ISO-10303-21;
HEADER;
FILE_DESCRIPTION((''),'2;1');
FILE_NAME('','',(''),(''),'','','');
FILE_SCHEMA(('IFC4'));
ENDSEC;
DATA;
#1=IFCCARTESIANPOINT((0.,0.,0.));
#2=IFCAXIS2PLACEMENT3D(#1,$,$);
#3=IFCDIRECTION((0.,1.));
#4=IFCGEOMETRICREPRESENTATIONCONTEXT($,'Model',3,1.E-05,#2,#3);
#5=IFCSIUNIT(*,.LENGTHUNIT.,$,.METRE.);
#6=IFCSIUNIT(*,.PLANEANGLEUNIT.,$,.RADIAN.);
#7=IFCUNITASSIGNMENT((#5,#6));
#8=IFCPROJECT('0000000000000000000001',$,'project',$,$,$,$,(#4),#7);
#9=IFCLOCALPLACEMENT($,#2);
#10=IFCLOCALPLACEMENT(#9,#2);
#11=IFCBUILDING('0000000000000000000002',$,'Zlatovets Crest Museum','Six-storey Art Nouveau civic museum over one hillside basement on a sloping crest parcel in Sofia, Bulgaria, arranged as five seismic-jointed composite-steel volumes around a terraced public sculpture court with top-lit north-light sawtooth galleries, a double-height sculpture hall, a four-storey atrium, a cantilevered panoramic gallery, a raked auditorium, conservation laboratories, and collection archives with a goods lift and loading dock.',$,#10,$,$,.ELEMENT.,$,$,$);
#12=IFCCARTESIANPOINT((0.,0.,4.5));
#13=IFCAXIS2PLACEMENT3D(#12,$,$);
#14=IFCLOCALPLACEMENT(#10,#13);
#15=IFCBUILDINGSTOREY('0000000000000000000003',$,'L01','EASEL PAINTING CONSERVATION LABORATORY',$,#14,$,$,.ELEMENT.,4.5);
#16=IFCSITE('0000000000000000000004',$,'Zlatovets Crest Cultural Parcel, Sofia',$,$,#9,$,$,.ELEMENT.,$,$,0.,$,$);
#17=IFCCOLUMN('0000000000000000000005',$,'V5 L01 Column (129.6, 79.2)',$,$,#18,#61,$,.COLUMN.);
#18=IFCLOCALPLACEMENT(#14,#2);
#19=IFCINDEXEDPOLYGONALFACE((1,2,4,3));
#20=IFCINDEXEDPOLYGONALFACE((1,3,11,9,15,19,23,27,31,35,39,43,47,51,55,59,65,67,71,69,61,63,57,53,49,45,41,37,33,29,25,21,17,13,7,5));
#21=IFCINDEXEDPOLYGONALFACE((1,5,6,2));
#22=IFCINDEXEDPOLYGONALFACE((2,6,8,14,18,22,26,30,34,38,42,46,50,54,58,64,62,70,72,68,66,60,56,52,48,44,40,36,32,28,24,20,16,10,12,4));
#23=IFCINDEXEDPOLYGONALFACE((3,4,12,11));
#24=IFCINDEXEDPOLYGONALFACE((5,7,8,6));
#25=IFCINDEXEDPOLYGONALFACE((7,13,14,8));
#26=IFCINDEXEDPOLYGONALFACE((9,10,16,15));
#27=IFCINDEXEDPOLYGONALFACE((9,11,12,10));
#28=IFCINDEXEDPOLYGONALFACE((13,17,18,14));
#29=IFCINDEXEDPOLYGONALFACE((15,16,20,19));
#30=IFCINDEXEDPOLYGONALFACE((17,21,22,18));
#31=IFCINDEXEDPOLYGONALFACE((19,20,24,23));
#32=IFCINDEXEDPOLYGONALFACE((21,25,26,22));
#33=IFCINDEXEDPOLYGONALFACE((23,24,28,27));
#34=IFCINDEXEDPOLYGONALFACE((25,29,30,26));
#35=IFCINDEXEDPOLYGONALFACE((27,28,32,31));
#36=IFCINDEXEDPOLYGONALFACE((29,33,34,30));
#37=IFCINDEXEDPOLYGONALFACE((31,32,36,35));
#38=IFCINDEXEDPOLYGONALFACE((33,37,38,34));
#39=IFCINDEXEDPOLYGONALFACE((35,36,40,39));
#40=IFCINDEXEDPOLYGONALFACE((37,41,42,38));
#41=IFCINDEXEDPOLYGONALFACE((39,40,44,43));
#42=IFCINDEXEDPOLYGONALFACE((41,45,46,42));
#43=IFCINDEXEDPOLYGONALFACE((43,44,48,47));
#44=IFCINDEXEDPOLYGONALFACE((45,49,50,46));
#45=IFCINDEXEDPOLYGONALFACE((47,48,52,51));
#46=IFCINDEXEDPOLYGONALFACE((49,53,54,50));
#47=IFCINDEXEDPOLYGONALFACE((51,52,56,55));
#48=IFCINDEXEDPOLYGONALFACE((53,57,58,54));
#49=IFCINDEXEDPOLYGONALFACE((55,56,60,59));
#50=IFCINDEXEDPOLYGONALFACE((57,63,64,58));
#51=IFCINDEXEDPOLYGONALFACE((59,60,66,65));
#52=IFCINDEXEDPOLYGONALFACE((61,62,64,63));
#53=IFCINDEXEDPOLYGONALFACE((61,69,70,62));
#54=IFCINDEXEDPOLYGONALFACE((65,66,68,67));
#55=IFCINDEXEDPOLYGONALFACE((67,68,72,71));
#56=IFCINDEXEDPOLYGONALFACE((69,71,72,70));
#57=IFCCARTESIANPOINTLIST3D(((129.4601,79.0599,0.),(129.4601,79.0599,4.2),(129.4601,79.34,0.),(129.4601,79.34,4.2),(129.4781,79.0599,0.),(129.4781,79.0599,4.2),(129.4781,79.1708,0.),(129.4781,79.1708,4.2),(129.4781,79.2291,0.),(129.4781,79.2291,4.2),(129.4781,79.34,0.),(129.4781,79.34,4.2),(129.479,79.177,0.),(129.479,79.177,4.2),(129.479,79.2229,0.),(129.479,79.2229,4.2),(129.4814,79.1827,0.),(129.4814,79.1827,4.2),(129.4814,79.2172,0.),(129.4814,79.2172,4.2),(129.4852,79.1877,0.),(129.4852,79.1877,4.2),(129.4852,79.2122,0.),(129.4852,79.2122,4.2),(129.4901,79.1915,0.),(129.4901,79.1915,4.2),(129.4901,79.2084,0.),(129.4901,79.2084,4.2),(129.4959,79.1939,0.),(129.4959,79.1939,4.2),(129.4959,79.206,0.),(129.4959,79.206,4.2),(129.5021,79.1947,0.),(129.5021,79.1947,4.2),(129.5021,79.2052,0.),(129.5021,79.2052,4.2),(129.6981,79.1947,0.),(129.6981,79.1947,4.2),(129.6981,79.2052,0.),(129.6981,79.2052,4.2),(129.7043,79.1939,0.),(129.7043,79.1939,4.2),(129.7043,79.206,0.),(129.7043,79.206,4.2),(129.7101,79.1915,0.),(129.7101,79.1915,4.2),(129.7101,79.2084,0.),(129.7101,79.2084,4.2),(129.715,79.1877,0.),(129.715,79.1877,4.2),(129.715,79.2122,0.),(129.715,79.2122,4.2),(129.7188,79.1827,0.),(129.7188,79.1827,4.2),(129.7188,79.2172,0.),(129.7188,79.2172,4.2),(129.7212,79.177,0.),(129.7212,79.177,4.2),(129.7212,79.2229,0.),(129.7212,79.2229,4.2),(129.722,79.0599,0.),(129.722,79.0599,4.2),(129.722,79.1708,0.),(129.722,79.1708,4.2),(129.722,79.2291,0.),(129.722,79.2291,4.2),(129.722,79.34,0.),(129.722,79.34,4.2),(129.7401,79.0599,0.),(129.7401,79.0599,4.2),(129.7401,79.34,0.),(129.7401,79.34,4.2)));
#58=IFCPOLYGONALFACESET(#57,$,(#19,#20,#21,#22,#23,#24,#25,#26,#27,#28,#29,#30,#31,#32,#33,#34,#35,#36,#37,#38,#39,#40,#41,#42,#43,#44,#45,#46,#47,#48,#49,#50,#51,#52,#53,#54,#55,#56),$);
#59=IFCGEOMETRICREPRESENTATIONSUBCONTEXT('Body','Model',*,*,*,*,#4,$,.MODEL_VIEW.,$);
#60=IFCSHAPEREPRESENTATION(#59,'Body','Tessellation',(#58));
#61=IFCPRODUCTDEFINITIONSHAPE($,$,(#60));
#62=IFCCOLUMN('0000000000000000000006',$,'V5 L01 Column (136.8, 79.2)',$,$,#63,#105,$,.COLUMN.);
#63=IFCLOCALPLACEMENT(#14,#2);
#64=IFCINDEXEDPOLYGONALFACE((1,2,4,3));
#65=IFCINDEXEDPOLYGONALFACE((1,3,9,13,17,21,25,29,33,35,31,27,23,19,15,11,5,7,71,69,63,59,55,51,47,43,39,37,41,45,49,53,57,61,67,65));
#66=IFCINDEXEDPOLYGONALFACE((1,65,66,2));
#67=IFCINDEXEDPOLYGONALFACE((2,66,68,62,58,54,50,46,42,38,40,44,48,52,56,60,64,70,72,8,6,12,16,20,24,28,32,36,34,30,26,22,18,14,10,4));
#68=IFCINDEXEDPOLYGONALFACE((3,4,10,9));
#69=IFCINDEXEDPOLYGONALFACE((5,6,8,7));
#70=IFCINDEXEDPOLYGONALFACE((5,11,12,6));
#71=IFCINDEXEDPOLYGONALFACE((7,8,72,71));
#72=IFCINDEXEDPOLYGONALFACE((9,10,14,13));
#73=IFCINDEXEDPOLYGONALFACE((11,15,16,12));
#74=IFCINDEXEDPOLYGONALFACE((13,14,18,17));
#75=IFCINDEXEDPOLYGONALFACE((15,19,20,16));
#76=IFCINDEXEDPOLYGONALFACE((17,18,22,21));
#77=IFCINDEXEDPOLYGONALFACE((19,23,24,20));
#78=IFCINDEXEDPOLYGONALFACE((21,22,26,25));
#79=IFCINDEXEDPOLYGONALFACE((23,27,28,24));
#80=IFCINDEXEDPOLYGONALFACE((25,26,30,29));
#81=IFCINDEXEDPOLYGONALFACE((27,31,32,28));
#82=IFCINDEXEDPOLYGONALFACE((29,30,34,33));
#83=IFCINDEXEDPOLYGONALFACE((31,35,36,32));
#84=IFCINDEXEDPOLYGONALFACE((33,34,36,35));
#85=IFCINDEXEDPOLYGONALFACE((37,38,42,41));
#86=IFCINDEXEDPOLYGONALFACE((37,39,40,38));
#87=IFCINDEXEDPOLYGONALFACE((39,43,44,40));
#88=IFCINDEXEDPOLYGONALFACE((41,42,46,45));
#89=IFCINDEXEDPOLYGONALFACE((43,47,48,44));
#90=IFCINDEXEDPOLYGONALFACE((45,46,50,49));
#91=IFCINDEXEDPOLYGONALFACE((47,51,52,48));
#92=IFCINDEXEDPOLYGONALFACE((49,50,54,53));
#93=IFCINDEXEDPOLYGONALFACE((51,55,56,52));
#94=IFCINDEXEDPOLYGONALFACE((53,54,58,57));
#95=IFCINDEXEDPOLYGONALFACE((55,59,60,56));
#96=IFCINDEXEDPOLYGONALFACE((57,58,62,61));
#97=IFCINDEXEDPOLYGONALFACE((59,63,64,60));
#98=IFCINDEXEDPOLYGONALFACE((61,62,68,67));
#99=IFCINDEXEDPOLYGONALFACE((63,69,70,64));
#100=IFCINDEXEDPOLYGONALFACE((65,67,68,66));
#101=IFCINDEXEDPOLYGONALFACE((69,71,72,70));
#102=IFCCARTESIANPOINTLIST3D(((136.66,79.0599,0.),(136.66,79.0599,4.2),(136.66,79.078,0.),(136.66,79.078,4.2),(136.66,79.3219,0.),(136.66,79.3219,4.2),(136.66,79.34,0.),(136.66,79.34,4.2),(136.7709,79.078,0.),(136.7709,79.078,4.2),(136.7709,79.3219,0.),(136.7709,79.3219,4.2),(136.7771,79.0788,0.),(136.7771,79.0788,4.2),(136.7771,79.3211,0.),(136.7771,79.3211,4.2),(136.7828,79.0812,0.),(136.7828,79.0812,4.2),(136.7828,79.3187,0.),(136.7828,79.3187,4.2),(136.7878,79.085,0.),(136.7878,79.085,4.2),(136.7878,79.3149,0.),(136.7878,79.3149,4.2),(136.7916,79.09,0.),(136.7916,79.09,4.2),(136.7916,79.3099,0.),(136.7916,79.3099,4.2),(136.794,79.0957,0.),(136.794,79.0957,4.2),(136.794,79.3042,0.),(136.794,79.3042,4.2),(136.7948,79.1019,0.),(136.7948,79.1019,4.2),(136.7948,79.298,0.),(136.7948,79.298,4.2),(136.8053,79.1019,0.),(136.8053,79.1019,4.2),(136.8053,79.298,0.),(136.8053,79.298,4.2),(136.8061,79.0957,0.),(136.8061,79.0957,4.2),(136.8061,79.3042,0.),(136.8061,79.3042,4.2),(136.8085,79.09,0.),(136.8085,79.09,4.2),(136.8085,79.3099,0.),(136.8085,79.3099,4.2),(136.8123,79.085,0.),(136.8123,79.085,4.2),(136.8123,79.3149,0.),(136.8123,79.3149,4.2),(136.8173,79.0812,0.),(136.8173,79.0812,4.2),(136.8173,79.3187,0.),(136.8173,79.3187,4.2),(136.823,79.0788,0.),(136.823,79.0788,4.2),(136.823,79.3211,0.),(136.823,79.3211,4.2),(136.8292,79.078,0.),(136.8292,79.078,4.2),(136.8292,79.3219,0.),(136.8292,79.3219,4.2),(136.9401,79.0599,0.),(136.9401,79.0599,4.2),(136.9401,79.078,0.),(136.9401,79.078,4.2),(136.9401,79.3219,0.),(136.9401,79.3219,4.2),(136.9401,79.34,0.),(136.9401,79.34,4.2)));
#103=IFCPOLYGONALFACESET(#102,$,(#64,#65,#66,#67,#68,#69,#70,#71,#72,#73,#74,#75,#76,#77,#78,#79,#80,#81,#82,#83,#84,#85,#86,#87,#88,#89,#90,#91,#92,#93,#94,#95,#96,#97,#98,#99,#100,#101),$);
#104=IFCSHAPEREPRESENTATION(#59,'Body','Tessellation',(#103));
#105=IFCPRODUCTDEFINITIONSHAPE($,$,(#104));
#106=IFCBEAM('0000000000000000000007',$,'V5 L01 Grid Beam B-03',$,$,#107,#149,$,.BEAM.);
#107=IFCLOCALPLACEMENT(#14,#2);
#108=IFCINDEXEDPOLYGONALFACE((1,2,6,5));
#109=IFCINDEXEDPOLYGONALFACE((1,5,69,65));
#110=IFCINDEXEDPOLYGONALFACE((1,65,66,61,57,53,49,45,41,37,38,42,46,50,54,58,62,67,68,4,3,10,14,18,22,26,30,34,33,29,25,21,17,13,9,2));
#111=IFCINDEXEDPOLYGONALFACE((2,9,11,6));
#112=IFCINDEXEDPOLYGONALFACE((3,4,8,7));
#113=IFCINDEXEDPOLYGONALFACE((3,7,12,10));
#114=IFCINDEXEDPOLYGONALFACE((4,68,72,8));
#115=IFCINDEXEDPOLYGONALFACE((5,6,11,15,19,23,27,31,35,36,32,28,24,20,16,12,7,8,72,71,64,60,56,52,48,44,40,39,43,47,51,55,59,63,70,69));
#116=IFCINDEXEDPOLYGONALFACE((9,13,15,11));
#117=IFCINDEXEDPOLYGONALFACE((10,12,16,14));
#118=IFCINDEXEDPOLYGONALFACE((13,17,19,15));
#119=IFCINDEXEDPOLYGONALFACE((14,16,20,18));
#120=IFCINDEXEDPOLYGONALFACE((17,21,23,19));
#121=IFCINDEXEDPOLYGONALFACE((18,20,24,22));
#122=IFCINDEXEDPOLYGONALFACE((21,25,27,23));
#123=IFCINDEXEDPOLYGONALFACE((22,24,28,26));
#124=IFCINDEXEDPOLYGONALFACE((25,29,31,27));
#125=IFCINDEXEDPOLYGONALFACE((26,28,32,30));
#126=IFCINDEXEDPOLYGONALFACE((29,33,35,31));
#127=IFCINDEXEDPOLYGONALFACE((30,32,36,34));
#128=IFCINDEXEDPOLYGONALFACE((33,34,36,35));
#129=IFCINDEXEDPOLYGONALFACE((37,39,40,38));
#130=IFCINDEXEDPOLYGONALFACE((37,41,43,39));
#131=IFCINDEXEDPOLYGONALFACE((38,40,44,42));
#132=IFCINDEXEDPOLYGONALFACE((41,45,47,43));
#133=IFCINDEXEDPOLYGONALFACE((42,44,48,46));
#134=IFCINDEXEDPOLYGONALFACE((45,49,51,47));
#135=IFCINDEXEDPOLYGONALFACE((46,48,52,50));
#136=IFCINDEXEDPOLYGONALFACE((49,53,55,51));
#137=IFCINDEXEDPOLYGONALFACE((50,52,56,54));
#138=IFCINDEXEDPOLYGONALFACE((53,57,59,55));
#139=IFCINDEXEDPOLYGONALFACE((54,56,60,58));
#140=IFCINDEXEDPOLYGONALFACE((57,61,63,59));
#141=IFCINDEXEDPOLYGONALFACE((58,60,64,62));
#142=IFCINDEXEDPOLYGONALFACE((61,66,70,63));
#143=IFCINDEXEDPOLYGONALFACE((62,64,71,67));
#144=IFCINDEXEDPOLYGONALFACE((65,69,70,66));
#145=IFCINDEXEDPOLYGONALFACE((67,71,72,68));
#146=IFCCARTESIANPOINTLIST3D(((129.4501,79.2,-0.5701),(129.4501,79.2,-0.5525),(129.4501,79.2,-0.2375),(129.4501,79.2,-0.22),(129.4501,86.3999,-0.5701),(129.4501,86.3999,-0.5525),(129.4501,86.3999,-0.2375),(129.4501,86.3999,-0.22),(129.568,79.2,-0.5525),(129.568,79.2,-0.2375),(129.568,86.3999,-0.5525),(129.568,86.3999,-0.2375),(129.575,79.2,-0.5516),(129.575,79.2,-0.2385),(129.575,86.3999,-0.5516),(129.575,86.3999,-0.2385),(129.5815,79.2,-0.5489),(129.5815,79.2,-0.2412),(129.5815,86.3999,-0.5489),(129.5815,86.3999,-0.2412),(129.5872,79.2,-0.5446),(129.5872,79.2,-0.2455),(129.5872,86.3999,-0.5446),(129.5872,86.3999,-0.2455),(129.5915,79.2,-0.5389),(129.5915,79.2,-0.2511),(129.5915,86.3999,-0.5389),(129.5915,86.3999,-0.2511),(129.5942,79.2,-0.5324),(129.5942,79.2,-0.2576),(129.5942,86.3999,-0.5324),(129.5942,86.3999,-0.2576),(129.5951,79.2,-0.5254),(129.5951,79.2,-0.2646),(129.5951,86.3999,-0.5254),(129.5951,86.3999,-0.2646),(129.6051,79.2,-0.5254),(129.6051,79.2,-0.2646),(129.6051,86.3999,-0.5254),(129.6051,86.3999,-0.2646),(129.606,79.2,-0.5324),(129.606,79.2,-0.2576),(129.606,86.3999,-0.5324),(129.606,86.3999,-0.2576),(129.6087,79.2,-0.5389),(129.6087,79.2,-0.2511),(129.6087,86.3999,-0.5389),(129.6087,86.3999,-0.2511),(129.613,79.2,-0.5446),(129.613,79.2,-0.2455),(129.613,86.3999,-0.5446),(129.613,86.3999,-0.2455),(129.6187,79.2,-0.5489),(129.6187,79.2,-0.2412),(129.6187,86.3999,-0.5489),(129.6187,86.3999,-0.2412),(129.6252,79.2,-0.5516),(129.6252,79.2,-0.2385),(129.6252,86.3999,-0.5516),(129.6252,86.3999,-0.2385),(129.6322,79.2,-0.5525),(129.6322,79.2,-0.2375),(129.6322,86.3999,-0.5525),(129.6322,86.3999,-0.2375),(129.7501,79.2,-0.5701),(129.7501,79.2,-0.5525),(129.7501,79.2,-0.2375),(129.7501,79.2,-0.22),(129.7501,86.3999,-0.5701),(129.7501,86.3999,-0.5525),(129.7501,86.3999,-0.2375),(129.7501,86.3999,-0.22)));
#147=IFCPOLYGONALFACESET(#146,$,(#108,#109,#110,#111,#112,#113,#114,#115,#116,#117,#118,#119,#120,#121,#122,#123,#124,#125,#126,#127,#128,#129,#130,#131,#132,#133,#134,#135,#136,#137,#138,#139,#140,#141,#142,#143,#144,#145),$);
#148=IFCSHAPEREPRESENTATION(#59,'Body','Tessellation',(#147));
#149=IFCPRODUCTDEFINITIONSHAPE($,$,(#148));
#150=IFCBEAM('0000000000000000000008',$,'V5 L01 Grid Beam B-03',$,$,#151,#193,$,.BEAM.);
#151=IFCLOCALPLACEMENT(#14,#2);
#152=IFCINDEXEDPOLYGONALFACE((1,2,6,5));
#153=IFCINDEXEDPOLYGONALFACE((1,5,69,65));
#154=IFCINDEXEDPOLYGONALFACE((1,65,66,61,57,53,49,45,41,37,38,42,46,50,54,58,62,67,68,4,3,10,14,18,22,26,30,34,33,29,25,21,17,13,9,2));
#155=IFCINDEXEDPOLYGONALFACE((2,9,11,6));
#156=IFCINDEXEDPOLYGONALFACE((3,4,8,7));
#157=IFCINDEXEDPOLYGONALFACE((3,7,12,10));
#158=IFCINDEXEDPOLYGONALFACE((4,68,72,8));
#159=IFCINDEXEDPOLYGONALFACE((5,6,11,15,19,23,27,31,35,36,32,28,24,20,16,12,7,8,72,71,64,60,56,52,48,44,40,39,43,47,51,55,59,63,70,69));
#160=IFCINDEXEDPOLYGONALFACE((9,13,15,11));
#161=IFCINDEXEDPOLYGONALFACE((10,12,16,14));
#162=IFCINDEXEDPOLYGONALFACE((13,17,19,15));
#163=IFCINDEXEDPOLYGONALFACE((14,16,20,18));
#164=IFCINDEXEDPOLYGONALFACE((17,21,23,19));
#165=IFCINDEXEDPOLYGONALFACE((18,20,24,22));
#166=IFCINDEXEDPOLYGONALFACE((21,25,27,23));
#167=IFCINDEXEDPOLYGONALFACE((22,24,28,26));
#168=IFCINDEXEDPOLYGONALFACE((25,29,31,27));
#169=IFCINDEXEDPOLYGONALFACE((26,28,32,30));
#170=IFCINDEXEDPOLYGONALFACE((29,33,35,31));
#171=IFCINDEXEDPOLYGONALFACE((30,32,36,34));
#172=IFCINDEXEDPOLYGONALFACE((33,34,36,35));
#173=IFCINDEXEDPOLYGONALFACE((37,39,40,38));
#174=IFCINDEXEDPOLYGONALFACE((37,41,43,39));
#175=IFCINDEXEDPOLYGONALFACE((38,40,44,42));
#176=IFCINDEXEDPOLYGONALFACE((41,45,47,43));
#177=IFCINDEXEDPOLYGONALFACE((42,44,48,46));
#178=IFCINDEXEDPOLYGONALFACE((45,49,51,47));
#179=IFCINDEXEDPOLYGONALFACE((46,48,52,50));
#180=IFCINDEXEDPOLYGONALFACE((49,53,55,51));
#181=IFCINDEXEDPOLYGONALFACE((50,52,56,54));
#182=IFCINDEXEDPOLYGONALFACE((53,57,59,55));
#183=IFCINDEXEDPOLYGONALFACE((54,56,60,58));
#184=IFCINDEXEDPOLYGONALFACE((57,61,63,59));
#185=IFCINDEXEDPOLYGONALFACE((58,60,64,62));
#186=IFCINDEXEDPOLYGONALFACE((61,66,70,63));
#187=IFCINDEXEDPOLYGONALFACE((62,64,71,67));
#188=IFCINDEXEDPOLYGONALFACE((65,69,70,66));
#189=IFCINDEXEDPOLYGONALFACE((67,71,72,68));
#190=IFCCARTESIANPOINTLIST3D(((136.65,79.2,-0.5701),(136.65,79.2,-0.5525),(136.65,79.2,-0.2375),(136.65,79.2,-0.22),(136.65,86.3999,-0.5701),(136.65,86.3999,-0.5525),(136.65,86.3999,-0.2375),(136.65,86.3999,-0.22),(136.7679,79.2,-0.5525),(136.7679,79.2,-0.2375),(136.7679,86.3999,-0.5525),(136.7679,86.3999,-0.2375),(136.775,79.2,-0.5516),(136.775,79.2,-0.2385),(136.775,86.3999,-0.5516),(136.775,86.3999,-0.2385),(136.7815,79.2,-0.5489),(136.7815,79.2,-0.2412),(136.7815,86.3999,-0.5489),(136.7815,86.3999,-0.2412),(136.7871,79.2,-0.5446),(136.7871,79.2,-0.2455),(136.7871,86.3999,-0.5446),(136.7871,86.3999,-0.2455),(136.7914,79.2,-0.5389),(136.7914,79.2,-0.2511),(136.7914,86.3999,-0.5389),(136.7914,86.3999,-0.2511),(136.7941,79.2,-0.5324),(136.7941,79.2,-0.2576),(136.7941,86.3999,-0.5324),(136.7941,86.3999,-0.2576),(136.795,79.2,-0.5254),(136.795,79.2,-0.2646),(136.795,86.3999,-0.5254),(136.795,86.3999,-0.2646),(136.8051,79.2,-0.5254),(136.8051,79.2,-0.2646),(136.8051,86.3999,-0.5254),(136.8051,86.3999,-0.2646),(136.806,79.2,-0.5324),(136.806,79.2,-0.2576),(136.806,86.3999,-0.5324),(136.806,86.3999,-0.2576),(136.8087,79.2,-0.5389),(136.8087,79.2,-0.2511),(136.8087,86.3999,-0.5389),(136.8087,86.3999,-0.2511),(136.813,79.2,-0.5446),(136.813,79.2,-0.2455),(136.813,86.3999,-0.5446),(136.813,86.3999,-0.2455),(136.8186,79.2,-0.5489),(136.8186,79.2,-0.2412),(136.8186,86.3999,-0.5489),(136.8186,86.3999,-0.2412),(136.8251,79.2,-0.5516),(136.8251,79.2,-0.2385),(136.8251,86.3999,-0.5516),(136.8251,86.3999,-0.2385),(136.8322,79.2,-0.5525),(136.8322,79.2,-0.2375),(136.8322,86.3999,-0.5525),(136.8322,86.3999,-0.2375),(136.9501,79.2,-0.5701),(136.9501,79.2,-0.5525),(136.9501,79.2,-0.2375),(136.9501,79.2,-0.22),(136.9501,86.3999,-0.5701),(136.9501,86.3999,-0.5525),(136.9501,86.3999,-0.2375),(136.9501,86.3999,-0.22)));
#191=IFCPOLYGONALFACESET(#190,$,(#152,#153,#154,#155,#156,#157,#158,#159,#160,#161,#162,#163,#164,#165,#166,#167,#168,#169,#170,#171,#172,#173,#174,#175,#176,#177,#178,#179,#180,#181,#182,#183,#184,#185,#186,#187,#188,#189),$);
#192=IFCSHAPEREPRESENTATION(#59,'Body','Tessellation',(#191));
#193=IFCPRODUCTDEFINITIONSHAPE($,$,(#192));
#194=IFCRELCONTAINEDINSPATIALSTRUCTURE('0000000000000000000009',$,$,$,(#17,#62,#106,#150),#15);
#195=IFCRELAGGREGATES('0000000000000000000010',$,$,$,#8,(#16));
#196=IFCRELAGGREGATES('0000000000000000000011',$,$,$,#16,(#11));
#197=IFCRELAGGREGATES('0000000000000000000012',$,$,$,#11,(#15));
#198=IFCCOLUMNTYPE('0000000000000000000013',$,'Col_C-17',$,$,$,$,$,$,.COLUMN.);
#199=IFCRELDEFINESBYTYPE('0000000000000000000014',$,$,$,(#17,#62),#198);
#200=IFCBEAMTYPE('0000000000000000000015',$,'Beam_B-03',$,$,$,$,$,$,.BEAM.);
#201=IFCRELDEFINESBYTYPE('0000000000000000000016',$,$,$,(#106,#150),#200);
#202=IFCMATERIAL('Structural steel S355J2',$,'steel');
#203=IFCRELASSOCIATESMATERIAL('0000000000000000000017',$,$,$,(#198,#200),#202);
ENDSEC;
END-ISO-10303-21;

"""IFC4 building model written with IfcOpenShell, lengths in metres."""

from ifc_helpers import new_model, si_unit, direction, frame, origin, origin_2d, place, context, subcontext, project, spatial, i_section, extrude, material, material_profile, profile_set, type_object, element, save


model = new_model("IFC4")

# Units and contexts
model_context = context("Model", 3, precision=1e-05, world=origin(), true_north=direction((0.0, 1.0)))
body_context = subcontext(model_context, "Body", "Model", "MODEL_VIEW")
ifc_project = project(units=[si_unit("LENGTHUNIT", "METRE"), si_unit("PLANEANGLEUNIT", "RADIAN")], contexts=[model_context])

# Site, building, storey
site_placement = place(None, origin())
site = spatial("IfcSite", under=ifc_project, at=site_placement, Name="Zlatovets Crest Cultural Parcel, Sofia", CompositionType="ELEMENT", RefElevation=0.0)
building_placement = place(site_placement, origin())
building = spatial("IfcBuilding", under=site, at=building_placement, Name="Zlatovets Crest Museum", Description="Six-storey Art Nouveau civic museum over one hillside basement on a sloping crest parcel in Sofia, Bulgaria, arranged as five seismic-jointed composite-steel volumes around a terraced public sculpture court with top-lit north-light sawtooth galleries, a double-height sculpture hall, a four-storey atrium, a cantilevered panoramic gallery, a raked auditorium, conservation laboratories, and collection archives with a goods lift and loading dock.", CompositionType="ELEMENT")
storey_placement = place(building_placement, frame((0.0, 0.0, 4.5)))
storey = spatial("IfcBuildingStorey", under=building, at=storey_placement, Name="L01", Description="EASEL PAINTING CONSERVATION LABORATORY", CompositionType="ELEMENT", Elevation=4.5)

# Columns
ifc_material_1 = material(Name="Structural steel S355J2", Category="steel")
ifc_material_profile_1 = material_profile(ifc_material_1, i_section(OverallWidth=0.28, OverallDepth=0.28, WebThickness=0.0105, FlangeThickness=0.0181, FilletRadius=0.0239, at=origin_2d()), Name="HEB 280")
ifc_profile_set_1 = profile_set([ifc_material_profile_1], Name="Structural steel S355J2")
column_type = type_object("IfcColumnType", Name="Col_C-17", PredefinedType="COLUMN", material=ifc_profile_set_1)
for number, where, z_axis, x_axis, name in (
    (1, (129.6001, 79.2, 0.0), (0.0, 0.0, 1.0), (0.0, 1.0, 0.0), "V5 L01 Column (129.6, 79.2)"),
    (2, (136.8, 79.2, 0.0), (0.0, 0.0, 1.0), (1.0, 0.0, 0.0), "V5 L01 Column (136.8, 79.2)"),
):
    element("IfcColumn", number, at=place(storey_placement, frame(where, z_axis=z_axis, x_axis=x_axis)), inside=storey, type_object=column_type, Name=name, PredefinedType="COLUMN", context=body_context, shape_type="SweptSolid", body=[
        extrude(i_section(OverallWidth=0.28, OverallDepth=0.28, WebThickness=0.0105, FlangeThickness=0.0181, FilletRadius=0.0239, at=origin_2d()), origin(), (0.0, 0.0, 1.0), 4.2),
    ])

# Beams
ifc_material_profile_2 = material_profile(ifc_material_1, i_section(OverallWidth=0.3, OverallDepth=0.3501, WebThickness=0.01, FlangeThickness=0.0176, FilletRadius=0.0271, at=origin_2d()), Name="HEA 360")
ifc_profile_set_2 = profile_set([ifc_material_profile_2], Name="Structural steel S355J2")
beam_type_1 = type_object("IfcBeamType", Name="Beam_B-03", PredefinedType="BEAM", material=ifc_profile_set_2)
for number, where, z_axis, x_axis, name in (
    (3, (129.6001, 79.2, -0.395), (0.0, 1.0, 0.0), (-1.0, 0.0, 0.0), "V5 L01 Grid Beam B-03"),
    (4, (136.8, 79.2, -0.395), (0.0, 1.0, 0.0), (-1.0, 0.0, 0.0), "V5 L01 Grid Beam B-03"),
):
    element("IfcBeam", number, at=place(storey_placement, frame(where, z_axis=z_axis, x_axis=x_axis)), inside=storey, type_object=beam_type_1, Name=name, PredefinedType="BEAM", context=body_context, shape_type="SweptSolid", body=[
        extrude(i_section(OverallWidth=0.3, OverallDepth=0.3501, WebThickness=0.01, FlangeThickness=0.0176, FilletRadius=0.0271, at=origin_2d()), origin(), (0.0, 0.0, 1.0), 7.2),
    ])

save(model, "model.ifc")
